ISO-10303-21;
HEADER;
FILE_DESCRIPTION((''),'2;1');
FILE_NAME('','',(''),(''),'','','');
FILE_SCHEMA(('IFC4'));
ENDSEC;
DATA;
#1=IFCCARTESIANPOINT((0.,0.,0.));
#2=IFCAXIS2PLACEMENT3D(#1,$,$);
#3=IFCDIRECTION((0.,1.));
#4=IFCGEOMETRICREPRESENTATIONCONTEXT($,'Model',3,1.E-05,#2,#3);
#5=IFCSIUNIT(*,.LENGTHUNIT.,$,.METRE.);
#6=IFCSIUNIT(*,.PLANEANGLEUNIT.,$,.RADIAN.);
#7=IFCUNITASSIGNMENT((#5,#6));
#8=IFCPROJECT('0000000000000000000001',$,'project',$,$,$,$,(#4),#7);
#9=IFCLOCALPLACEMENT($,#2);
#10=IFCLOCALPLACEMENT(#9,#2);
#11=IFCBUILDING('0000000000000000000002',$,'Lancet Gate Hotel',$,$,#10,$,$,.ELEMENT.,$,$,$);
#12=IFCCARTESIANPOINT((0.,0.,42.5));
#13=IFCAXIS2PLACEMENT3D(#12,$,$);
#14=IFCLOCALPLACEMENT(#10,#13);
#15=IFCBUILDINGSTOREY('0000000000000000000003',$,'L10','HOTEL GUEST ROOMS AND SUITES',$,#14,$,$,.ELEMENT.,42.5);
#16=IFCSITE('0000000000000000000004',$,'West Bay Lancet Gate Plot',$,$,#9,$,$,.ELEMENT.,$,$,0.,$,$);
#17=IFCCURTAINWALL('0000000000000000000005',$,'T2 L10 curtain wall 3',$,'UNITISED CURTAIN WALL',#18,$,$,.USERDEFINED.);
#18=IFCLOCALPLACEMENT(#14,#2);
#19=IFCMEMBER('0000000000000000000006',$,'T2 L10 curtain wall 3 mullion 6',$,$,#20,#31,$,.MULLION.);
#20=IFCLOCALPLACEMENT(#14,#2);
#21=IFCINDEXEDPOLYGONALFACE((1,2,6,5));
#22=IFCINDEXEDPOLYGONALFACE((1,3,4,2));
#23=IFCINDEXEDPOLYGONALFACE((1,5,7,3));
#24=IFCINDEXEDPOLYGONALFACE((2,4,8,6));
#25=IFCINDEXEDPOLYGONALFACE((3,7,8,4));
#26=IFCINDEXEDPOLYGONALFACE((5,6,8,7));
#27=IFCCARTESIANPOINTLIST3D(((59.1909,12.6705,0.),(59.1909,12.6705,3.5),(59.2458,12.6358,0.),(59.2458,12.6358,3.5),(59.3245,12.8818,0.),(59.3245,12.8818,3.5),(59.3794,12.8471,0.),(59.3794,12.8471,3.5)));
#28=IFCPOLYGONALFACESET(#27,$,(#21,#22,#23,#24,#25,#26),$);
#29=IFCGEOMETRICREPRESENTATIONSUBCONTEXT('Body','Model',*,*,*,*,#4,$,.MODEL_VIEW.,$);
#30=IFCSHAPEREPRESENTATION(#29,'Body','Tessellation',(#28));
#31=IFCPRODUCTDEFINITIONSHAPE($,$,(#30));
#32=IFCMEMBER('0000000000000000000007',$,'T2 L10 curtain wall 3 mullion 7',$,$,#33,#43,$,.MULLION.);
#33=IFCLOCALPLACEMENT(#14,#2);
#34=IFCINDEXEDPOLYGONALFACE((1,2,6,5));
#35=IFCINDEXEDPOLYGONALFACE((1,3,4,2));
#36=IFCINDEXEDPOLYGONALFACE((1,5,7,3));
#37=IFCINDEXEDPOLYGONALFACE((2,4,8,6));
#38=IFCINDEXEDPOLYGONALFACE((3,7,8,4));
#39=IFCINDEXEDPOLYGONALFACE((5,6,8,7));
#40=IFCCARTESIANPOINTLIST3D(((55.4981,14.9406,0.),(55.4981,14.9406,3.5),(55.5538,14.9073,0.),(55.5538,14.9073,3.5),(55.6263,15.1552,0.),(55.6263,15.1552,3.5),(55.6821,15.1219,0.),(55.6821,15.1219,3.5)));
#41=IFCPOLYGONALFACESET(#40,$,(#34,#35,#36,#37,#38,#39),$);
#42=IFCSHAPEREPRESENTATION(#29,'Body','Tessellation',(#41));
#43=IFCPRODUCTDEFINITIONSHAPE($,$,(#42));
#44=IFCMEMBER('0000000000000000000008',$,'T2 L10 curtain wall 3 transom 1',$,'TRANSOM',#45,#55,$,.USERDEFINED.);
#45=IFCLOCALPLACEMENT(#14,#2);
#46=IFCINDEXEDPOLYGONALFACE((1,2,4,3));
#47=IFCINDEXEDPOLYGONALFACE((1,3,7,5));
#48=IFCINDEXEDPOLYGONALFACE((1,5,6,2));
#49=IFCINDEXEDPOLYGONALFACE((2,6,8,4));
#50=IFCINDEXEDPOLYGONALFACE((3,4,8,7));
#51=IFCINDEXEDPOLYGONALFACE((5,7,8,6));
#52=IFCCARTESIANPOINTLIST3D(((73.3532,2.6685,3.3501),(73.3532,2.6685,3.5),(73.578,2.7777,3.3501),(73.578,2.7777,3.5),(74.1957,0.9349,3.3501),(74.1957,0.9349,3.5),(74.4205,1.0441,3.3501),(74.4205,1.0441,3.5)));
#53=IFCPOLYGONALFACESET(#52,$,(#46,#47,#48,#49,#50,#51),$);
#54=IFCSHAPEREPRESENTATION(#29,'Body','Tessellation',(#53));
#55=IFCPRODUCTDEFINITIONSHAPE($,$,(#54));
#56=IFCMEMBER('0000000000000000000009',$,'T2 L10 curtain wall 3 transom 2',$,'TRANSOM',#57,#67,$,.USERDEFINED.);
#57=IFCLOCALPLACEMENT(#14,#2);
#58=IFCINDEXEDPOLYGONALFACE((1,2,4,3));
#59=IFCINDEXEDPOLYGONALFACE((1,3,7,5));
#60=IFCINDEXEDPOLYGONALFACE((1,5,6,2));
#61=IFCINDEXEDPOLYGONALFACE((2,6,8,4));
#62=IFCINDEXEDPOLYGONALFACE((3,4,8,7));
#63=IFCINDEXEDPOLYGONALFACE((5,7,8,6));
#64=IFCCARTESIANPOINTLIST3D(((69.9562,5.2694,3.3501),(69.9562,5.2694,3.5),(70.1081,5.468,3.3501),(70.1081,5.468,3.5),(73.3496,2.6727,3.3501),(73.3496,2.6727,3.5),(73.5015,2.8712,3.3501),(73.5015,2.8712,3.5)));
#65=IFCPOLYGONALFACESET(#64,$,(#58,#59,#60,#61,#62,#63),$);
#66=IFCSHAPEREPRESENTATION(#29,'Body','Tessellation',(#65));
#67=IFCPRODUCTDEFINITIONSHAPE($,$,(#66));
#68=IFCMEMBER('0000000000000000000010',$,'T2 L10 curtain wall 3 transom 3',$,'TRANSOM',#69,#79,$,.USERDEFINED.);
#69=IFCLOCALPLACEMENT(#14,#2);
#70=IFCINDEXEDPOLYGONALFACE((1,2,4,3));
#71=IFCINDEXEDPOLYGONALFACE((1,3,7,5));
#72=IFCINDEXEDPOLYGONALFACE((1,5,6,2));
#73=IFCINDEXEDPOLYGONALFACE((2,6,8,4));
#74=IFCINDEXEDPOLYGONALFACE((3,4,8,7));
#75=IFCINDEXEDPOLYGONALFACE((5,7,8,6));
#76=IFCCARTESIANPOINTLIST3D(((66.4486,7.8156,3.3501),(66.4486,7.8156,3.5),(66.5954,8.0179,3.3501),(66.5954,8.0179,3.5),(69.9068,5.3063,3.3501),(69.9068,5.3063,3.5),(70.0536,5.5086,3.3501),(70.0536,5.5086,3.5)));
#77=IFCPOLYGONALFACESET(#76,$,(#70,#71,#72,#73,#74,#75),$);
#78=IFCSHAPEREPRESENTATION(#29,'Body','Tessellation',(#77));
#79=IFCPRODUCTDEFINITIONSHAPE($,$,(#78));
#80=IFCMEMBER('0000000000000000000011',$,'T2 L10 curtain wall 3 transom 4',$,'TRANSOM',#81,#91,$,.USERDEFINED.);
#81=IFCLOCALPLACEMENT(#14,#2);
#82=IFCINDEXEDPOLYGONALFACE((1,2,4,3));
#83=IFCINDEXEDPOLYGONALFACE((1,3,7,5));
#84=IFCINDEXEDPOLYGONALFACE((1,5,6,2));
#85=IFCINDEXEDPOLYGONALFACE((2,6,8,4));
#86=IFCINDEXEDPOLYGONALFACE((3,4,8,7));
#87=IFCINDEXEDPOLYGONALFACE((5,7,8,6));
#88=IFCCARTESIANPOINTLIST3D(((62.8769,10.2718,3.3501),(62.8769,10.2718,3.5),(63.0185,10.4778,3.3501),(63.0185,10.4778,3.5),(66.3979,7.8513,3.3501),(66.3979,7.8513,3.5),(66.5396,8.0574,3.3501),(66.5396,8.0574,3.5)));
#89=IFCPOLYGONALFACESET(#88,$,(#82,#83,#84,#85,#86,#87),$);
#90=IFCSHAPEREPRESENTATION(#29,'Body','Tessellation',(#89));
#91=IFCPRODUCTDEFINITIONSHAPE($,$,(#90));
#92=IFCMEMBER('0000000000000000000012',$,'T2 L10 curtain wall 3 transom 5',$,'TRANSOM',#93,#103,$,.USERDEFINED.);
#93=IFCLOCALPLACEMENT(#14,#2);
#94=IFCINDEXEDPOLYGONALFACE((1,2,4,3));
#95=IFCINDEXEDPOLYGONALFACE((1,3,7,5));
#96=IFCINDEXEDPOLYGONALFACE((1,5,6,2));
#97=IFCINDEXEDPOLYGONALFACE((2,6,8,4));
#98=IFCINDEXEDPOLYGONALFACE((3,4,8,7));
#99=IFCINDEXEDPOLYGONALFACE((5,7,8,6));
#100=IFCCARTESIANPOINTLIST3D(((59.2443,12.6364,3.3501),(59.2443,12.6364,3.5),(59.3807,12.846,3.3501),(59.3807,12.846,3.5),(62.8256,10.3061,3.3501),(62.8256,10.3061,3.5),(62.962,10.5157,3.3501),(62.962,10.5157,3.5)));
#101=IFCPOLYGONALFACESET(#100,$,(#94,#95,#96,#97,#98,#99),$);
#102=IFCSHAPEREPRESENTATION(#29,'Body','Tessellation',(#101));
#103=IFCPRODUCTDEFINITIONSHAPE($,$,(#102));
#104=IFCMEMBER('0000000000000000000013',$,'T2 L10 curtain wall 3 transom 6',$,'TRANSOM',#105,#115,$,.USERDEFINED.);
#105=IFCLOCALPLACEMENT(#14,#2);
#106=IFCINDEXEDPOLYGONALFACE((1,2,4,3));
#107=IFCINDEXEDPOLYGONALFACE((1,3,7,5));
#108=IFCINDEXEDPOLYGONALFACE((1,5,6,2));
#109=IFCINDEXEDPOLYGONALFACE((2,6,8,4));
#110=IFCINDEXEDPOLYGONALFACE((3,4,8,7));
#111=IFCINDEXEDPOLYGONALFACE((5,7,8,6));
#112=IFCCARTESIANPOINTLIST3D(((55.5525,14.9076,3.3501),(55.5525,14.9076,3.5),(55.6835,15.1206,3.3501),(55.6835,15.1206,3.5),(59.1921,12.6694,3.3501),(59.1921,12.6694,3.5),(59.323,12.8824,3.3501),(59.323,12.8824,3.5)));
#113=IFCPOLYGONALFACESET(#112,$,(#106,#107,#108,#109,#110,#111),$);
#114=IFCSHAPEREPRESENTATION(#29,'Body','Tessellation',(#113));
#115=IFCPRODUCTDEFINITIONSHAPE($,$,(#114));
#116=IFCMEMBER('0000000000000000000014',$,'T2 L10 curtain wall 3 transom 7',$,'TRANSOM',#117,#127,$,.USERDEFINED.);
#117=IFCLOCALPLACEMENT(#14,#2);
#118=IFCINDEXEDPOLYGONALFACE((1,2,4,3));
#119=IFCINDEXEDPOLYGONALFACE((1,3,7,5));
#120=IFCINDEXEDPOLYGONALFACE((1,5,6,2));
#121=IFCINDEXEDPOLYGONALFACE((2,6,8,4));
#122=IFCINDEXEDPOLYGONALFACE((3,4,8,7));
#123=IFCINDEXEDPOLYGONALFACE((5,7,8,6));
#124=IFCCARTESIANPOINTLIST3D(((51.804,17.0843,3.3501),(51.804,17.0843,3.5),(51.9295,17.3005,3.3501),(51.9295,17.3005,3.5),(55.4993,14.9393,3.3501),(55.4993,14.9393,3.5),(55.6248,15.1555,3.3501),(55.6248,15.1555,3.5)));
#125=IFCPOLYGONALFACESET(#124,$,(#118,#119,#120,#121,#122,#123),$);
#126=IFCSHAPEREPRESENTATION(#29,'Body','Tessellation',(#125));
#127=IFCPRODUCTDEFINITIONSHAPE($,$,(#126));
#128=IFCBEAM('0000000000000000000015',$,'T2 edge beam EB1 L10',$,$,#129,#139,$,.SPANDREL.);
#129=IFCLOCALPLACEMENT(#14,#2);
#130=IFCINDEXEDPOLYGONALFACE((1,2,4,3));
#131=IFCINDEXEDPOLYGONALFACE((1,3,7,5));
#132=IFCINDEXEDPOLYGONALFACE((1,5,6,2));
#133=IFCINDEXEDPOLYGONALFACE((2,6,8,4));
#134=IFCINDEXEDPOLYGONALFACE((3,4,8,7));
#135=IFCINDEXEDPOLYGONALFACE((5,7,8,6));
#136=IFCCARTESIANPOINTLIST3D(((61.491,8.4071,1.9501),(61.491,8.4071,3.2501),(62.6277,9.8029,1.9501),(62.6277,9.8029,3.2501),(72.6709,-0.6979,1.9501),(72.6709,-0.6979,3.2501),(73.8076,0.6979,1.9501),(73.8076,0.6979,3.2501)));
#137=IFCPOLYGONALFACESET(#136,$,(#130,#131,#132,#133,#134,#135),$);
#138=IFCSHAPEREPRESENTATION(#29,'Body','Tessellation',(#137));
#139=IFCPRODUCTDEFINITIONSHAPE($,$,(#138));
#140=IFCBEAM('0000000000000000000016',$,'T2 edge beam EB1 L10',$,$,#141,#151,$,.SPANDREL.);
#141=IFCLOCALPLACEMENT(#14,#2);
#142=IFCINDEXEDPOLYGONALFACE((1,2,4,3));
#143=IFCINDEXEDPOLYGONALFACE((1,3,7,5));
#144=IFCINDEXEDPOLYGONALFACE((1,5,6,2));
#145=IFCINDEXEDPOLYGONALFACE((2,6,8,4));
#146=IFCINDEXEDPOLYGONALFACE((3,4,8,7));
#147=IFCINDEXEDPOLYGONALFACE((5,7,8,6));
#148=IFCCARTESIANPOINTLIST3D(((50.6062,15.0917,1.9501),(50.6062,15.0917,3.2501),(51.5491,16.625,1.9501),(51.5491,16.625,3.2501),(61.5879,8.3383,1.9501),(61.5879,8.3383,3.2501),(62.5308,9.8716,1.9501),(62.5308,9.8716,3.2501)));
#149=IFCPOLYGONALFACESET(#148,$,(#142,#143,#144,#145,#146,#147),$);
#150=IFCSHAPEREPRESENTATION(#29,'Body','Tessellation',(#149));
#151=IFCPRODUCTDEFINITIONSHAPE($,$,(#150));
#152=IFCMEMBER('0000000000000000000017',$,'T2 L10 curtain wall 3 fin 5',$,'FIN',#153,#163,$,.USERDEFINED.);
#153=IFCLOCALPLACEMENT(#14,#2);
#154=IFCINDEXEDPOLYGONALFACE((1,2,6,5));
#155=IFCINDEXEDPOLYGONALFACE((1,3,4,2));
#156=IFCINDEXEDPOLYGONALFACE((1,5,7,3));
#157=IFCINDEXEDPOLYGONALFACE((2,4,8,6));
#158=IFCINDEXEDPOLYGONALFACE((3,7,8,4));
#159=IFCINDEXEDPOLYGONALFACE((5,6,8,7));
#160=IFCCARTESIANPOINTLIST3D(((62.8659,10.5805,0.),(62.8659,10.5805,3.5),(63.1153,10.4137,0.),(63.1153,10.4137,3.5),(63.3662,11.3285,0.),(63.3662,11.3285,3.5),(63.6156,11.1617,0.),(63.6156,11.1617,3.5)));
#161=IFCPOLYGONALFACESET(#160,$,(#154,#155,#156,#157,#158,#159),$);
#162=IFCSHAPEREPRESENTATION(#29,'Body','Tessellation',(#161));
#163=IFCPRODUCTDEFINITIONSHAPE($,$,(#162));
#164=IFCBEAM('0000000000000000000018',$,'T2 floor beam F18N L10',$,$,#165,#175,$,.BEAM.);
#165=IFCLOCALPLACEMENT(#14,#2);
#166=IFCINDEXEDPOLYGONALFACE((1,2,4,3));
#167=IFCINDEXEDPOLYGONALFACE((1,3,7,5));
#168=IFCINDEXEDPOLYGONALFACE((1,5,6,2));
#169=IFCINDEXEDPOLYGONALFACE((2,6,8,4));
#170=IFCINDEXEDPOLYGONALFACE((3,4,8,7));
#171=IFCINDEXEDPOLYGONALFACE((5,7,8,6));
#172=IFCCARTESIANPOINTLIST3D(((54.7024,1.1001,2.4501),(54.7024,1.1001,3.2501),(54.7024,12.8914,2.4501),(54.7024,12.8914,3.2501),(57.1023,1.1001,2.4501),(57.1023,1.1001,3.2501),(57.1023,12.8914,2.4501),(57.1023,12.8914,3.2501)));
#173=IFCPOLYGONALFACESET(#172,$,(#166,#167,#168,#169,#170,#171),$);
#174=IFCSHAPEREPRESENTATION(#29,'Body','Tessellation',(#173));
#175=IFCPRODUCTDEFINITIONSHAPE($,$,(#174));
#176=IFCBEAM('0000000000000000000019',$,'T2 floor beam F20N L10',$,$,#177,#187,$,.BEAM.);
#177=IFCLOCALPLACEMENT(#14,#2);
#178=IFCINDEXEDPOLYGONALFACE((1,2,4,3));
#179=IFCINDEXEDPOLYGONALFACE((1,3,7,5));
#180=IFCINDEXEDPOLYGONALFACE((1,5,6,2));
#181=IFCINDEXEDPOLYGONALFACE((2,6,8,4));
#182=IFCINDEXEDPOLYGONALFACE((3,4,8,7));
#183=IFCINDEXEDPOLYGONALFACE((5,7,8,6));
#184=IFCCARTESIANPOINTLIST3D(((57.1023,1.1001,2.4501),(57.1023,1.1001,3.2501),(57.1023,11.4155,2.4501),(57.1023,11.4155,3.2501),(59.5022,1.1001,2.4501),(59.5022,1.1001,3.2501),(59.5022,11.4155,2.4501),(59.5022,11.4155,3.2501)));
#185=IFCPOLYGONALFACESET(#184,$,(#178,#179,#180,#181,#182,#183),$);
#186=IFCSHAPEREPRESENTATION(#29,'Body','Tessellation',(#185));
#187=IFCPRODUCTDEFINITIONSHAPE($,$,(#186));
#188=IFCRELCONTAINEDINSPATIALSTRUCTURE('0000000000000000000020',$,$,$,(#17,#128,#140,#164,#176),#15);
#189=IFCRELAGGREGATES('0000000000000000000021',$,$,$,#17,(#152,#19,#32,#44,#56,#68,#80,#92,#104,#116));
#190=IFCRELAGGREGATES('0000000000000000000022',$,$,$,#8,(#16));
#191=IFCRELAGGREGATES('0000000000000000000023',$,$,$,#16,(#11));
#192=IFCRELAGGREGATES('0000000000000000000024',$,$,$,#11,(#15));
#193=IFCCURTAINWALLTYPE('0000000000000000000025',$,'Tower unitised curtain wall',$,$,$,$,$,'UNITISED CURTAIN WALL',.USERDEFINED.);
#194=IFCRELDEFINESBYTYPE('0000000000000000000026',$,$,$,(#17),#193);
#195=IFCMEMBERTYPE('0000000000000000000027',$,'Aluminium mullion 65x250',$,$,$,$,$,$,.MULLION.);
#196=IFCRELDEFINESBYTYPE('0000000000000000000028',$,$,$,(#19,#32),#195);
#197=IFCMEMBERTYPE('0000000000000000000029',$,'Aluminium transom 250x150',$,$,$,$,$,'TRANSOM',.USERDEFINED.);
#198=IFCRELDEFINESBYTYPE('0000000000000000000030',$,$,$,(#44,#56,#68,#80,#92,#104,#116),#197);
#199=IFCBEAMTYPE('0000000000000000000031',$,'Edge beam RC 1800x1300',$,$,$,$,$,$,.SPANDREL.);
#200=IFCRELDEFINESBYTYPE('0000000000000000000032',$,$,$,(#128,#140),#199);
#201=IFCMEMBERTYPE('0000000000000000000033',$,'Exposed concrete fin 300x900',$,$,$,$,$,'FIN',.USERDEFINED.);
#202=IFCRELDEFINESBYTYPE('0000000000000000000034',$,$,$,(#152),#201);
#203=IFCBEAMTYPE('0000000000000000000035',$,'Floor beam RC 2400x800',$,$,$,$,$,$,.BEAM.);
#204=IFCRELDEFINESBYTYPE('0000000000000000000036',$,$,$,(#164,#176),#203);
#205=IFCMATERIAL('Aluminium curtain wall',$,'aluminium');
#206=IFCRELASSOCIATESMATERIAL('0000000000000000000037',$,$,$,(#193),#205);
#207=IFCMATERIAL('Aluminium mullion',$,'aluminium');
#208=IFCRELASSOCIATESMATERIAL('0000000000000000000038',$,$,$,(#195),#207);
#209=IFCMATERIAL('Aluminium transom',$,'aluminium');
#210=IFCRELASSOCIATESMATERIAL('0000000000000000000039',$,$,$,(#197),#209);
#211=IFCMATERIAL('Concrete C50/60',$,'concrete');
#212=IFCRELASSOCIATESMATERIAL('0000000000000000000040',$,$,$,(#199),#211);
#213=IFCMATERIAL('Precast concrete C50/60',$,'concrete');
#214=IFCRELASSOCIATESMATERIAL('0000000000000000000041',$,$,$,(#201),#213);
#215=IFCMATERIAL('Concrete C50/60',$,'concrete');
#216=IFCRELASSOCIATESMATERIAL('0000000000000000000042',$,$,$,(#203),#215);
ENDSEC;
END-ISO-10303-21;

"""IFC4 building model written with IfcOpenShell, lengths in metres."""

from ifc_helpers import new_model, si_unit, direction, frame, origin, origin_2d, place, context, subcontext, project, spatial, rectangle, extrude, material, material_profile, profile_set, type_object, element, aggregate, save


model = new_model("IFC4")

# Units and contexts
model_context = context("Model", 3, precision=1e-05, world=origin(), true_north=direction((0.0, 1.0)))
body_context = subcontext(model_context, "Body", "Model", "MODEL_VIEW")
ifc_project = project(units=[si_unit("LENGTHUNIT", "METRE"), si_unit("PLANEANGLEUNIT", "RADIAN")], contexts=[model_context])

# Site, building, storey
site_placement = place(None, origin())
site = spatial("IfcSite", under=ifc_project, at=site_placement, Name="West Bay Lancet Gate Plot", CompositionType="ELEMENT", RefElevation=0.0)
building_placement = place(site_placement, origin())
building = spatial("IfcBuilding", under=site, at=building_placement, Name="Lancet Gate Hotel", CompositionType="ELEMENT")
storey_placement = place(building_placement, frame((0.0, 0.0, 42.5)))
storey = spatial("IfcBuildingStorey", under=building, at=storey_placement, Name="L10", Description="HOTEL GUEST ROOMS AND SUITES", CompositionType="ELEMENT", Elevation=42.5)

# Curtain wall, members
ifc_material_1 = material(Name="Aluminium curtain wall", Category="aluminium")
curtain_wall_type = type_object("IfcCurtainWallType", Name="Tower unitised curtain wall", ElementType="UNITISED CURTAIN WALL", PredefinedType="USERDEFINED", material=ifc_material_1)
curtain_wall_placement = place(storey_placement, origin())
curtain_wall = element("IfcCurtainWall", 1, at=curtain_wall_placement, inside=storey, type_object=curtain_wall_type, Name="T2 L10 curtain wall 3", ObjectType="UNITISED CURTAIN WALL", PredefinedType="USERDEFINED")
ifc_material_2 = material(Name="Aluminium mullion", Category="aluminium")
ifc_material_profile_1 = material_profile(ifc_material_2, rectangle(XDim=0.0649, YDim=0.25, at=origin_2d()), Name="MULLION 65x250")
ifc_profile_set_1 = profile_set([ifc_material_profile_1], Name="Aluminium mullion")
member_type_1 = type_object("IfcMemberType", Name="Aluminium mullion 65x250", PredefinedType="MULLION", material=ifc_profile_set_1)
member_1_placement = place(storey_placement, frame((59.2852, 12.7588, 0.0), z_axis=(0.0, 0.0, 1.0), x_axis=(-0.845079, 0.534641, 0.0)))
member_1 = element("IfcMember", 2, at=member_1_placement, type_object=member_type_1, Name="T2 L10 curtain wall 3 mullion 6", PredefinedType="MULLION", context=body_context, shape_type="SweptSolid", body=[
    extrude(rectangle(XDim=0.0649, YDim=0.25, at=origin_2d()), origin(), (0.0, 0.0, 1.0), 3.5),
])
member_2_placement = place(storey_placement, frame((55.5901, 15.0312, 0.0), z_axis=(0.0, 0.0, 1.0), x_axis=(-0.858413, 0.512959, 0.0)))
member_2 = element("IfcMember", 3, at=member_2_placement, type_object=member_type_1, Name="T2 L10 curtain wall 3 mullion 7", PredefinedType="MULLION", context=body_context, shape_type="SweptSolid", body=[
    extrude(rectangle(XDim=0.0649, YDim=0.25, at=origin_2d()), origin(), (0.0, 0.0, 1.0), 3.5),
])
ifc_material_3 = material(Name="Aluminium transom", Category="aluminium")
ifc_material_profile_2 = material_profile(ifc_material_3, rectangle(XDim=0.25, YDim=0.1499, at=origin_2d()), Name="TRANSOM 250x150")
ifc_profile_set_2 = profile_set([ifc_material_profile_2], Name="Aluminium transom")
member_type_2 = type_object("IfcMemberType", Name="Aluminium transom 250x150", ElementType="TRANSOM", PredefinedType="USERDEFINED", material=ifc_profile_set_2)
member_3_placement = place(storey_placement, frame((74.3081, 0.9895, 3.425), z_axis=(-0.437103, 0.899411, 0.0), x_axis=(-0.899411, -0.437103, 0.0)))
member_3 = element("IfcMember", 4, at=member_3_placement, type_object=member_type_2, Name="T2 L10 curtain wall 3 transom 1", ObjectType="TRANSOM", PredefinedType="USERDEFINED", context=body_context, shape_type="SweptSolid", body=[
    extrude(rectangle(XDim=0.25, YDim=0.1499, at=origin_2d()), origin(), (0.0, 0.0, 1.0), 1.9275),
])
member_4_placement = place(storey_placement, frame((73.4255, 2.772, 3.425), z_axis=(-0.794155, 0.607715, 0.0), x_axis=(-0.607715, -0.794155, 0.0)))
member_4 = element("IfcMember", 5, at=member_4_placement, type_object=member_type_2, Name="T2 L10 curtain wall 3 transom 2", ObjectType="TRANSOM", PredefinedType="USERDEFINED", context=body_context, shape_type="SweptSolid", body=[
    extrude(rectangle(XDim=0.25, YDim=0.1499, at=origin_2d()), origin(), (0.0, 0.0, 1.0), 4.2729),
])
member_5_placement = place(storey_placement, frame((69.9802, 5.4075, 3.425), z_axis=(-0.809383, 0.587281, 0.0), x_axis=(-0.587281, -0.809383, 0.0)))
member_5 = element("IfcMember", 6, at=member_5_placement, type_object=member_type_2, Name="T2 L10 curtain wall 3 transom 3", ObjectType="TRANSOM", PredefinedType="USERDEFINED", context=body_context, shape_type="SweptSolid", body=[
    extrude(rectangle(XDim=0.25, YDim=0.1499, at=origin_2d()), origin(), (0.0, 0.0, 1.0), 4.2727),
])
member_6_placement = place(storey_placement, frame((66.4688, 7.9543, 3.425), z_axis=(-0.824072, 0.566485, 0.0), x_axis=(-0.566485, -0.824072, 0.0)))
member_6 = element("IfcMember", 7, at=member_6_placement, type_object=member_type_2, Name="T2 L10 curtain wall 3 transom 4", ObjectType="TRANSOM", PredefinedType="USERDEFINED", context=body_context, shape_type="SweptSolid", body=[
    extrude(rectangle(XDim=0.25, YDim=0.1499, at=origin_2d()), origin(), (0.0, 0.0, 1.0), 4.2727),
])
member_7_placement = place(storey_placement, frame((62.8938, 10.4109, 3.425), z_axis=(-0.838179, 0.545396, 0.0), x_axis=(-0.545396, -0.838179, 0.0)))
member_7 = element("IfcMember", 8, at=member_7_placement, type_object=member_type_2, Name="T2 L10 curtain wall 3 transom 5", ObjectType="TRANSOM", PredefinedType="USERDEFINED", context=body_context, shape_type="SweptSolid", body=[
    extrude(rectangle(XDim=0.25, YDim=0.1499, at=origin_2d()), origin(), (0.0, 0.0, 1.0), 4.2727),
])
member_8_placement = place(storey_placement, frame((59.2576, 12.7759, 3.425), z_axis=(-0.851815, 0.523842, 0.0), x_axis=(-0.523842, -0.851815, 0.0)))
member_8 = element("IfcMember", 9, at=member_8_placement, type_object=member_type_2, Name="T2 L10 curtain wall 3 transom 6", ObjectType="TRANSOM", PredefinedType="USERDEFINED", context=body_context, shape_type="SweptSolid", body=[
    extrude(rectangle(XDim=0.25, YDim=0.1499, at=origin_2d()), origin(), (0.0, 0.0, 1.0), 4.2727),
])
member_9_placement = place(storey_placement, frame((55.562, 15.0474, 3.425), z_axis=(-0.864855, 0.502022, 0.0), x_axis=(-0.502022, -0.864855, 0.0)))
member_9 = element("IfcMember", 10, at=member_9_placement, type_object=member_type_2, Name="T2 L10 curtain wall 3 transom 7", ObjectType="TRANSOM", PredefinedType="USERDEFINED", context=body_context, shape_type="SweptSolid", body=[
    extrude(rectangle(XDim=0.25, YDim=0.1499, at=origin_2d()), origin(), (0.0, 0.0, 1.0), 4.2727),
])

# Beams
ifc_material_4 = material(Name="Concrete C50/60", Category="concrete")
ifc_material_profile_3 = material_profile(ifc_material_4, rectangle(XDim=1.8, YDim=1.3, at=origin_2d()), Name="RC 1800x1300")
ifc_profile_set_3 = profile_set([ifc_material_profile_3], Name="Concrete C50/60")
beam_type_1 = type_object("IfcBeamType", Name="Edge beam RC 1800x1300", PredefinedType="SPANDREL", material=ifc_profile_set_3)
beam_1_placement = place(storey_placement, frame((73.2393, 0.0, 2.6001), z_axis=(-0.775391, 0.631481, 0.0), x_axis=(-0.631481, -0.775391, 0.0)))
element("IfcBeam", 11, at=beam_1_placement, inside=storey, type_object=beam_type_1, Name="T2 edge beam EB1 L10", PredefinedType="SPANDREL", context=body_context, shape_type="SweptSolid", body=[
    extrude(rectangle(XDim=1.8, YDim=1.3, at=origin_2d()), origin(), (0.0, 0.0, 1.0), 14.4185),
])
beam_2_placement = place(storey_placement, frame((62.0593, 9.105, 2.6001), z_axis=(-0.851816, 0.523842, 0.0), x_axis=(-0.523842, -0.851816, 0.0)))
element("IfcBeam", 12, at=beam_2_placement, inside=storey, type_object=beam_type_1, Name="T2 edge beam EB1 L10", PredefinedType="SPANDREL", context=body_context, shape_type="SweptSolid", body=[
    extrude(rectangle(XDim=1.8, YDim=1.3, at=origin_2d()), origin(), (0.0, 0.0, 1.0), 12.8921),
])

# Member
ifc_material_5 = material(Name="Precast concrete C50/60", Category="concrete")
ifc_material_profile_4 = material_profile(ifc_material_5, rectangle(XDim=0.3, YDim=0.8999, at=origin_2d()), Name="FIN 300x900")
ifc_profile_set_4 = profile_set([ifc_material_profile_4], Name="Precast concrete C50/60")
member_type_3 = type_object("IfcMemberType", Name="Exposed concrete fin 300x900", ElementType="FIN", PredefinedType="USERDEFINED", material=ifc_profile_set_4)
member_10_placement = place(storey_placement, frame((63.2407, 10.8711, 0.0), z_axis=(0.0, 0.0, 1.0), x_axis=(-0.831198, 0.555976, 0.0)))
member_10 = element("IfcMember", 13, at=member_10_placement, type_object=member_type_3, Name="T2 L10 curtain wall 3 fin 5", ObjectType="FIN", PredefinedType="USERDEFINED", context=body_context, shape_type="SweptSolid", body=[
    extrude(rectangle(XDim=0.3, YDim=0.8999, at=origin_2d()), origin(), (0.0, 0.0, 1.0), 3.5),
])

# Beams
ifc_material_6 = material(Name="Concrete C50/60", Category="concrete")
ifc_material_profile_5 = material_profile(ifc_material_6, rectangle(XDim=2.3999, YDim=0.8, at=origin_2d()), Name="RC 2400x800")
ifc_profile_set_5 = profile_set([ifc_material_profile_5], Name="Concrete C50/60")
beam_type_2 = type_object("IfcBeamType", Name="Floor beam RC 2400x800", PredefinedType="BEAM", material=ifc_profile_set_5)
beam_3_placement = place(storey_placement, frame((55.9023, 1.1001, 2.8501), z_axis=(0.0, 1.0, 0.0), x_axis=(-1.0, 0.0, 0.0)))
element("IfcBeam", 14, at=beam_3_placement, inside=storey, type_object=beam_type_2, Name="T2 floor beam F18N L10", PredefinedType="BEAM", context=body_context, shape_type="SweptSolid", body=[
    extrude(rectangle(XDim=2.3999, YDim=0.8, at=origin_2d()), origin(), (0.0, 0.0, 1.0), 11.7913),
])
beam_4_placement = place(storey_placement, frame((58.3022, 1.1001, 2.8501), z_axis=(0.0, 1.0, 0.0), x_axis=(-1.0, 0.0, 0.0)))
element("IfcBeam", 15, at=beam_4_placement, inside=storey, type_object=beam_type_2, Name="T2 floor beam F20N L10", PredefinedType="BEAM", context=body_context, shape_type="SweptSolid", body=[
    extrude(rectangle(XDim=2.3999, YDim=0.8, at=origin_2d()), origin(), (0.0, 0.0, 1.0), 10.3154),
])

aggregate(curtain_wall, [member_10, member_1, member_2, member_3, member_4, member_5, member_6, member_7, member_8, member_9])

save(model, "model.ifc")
